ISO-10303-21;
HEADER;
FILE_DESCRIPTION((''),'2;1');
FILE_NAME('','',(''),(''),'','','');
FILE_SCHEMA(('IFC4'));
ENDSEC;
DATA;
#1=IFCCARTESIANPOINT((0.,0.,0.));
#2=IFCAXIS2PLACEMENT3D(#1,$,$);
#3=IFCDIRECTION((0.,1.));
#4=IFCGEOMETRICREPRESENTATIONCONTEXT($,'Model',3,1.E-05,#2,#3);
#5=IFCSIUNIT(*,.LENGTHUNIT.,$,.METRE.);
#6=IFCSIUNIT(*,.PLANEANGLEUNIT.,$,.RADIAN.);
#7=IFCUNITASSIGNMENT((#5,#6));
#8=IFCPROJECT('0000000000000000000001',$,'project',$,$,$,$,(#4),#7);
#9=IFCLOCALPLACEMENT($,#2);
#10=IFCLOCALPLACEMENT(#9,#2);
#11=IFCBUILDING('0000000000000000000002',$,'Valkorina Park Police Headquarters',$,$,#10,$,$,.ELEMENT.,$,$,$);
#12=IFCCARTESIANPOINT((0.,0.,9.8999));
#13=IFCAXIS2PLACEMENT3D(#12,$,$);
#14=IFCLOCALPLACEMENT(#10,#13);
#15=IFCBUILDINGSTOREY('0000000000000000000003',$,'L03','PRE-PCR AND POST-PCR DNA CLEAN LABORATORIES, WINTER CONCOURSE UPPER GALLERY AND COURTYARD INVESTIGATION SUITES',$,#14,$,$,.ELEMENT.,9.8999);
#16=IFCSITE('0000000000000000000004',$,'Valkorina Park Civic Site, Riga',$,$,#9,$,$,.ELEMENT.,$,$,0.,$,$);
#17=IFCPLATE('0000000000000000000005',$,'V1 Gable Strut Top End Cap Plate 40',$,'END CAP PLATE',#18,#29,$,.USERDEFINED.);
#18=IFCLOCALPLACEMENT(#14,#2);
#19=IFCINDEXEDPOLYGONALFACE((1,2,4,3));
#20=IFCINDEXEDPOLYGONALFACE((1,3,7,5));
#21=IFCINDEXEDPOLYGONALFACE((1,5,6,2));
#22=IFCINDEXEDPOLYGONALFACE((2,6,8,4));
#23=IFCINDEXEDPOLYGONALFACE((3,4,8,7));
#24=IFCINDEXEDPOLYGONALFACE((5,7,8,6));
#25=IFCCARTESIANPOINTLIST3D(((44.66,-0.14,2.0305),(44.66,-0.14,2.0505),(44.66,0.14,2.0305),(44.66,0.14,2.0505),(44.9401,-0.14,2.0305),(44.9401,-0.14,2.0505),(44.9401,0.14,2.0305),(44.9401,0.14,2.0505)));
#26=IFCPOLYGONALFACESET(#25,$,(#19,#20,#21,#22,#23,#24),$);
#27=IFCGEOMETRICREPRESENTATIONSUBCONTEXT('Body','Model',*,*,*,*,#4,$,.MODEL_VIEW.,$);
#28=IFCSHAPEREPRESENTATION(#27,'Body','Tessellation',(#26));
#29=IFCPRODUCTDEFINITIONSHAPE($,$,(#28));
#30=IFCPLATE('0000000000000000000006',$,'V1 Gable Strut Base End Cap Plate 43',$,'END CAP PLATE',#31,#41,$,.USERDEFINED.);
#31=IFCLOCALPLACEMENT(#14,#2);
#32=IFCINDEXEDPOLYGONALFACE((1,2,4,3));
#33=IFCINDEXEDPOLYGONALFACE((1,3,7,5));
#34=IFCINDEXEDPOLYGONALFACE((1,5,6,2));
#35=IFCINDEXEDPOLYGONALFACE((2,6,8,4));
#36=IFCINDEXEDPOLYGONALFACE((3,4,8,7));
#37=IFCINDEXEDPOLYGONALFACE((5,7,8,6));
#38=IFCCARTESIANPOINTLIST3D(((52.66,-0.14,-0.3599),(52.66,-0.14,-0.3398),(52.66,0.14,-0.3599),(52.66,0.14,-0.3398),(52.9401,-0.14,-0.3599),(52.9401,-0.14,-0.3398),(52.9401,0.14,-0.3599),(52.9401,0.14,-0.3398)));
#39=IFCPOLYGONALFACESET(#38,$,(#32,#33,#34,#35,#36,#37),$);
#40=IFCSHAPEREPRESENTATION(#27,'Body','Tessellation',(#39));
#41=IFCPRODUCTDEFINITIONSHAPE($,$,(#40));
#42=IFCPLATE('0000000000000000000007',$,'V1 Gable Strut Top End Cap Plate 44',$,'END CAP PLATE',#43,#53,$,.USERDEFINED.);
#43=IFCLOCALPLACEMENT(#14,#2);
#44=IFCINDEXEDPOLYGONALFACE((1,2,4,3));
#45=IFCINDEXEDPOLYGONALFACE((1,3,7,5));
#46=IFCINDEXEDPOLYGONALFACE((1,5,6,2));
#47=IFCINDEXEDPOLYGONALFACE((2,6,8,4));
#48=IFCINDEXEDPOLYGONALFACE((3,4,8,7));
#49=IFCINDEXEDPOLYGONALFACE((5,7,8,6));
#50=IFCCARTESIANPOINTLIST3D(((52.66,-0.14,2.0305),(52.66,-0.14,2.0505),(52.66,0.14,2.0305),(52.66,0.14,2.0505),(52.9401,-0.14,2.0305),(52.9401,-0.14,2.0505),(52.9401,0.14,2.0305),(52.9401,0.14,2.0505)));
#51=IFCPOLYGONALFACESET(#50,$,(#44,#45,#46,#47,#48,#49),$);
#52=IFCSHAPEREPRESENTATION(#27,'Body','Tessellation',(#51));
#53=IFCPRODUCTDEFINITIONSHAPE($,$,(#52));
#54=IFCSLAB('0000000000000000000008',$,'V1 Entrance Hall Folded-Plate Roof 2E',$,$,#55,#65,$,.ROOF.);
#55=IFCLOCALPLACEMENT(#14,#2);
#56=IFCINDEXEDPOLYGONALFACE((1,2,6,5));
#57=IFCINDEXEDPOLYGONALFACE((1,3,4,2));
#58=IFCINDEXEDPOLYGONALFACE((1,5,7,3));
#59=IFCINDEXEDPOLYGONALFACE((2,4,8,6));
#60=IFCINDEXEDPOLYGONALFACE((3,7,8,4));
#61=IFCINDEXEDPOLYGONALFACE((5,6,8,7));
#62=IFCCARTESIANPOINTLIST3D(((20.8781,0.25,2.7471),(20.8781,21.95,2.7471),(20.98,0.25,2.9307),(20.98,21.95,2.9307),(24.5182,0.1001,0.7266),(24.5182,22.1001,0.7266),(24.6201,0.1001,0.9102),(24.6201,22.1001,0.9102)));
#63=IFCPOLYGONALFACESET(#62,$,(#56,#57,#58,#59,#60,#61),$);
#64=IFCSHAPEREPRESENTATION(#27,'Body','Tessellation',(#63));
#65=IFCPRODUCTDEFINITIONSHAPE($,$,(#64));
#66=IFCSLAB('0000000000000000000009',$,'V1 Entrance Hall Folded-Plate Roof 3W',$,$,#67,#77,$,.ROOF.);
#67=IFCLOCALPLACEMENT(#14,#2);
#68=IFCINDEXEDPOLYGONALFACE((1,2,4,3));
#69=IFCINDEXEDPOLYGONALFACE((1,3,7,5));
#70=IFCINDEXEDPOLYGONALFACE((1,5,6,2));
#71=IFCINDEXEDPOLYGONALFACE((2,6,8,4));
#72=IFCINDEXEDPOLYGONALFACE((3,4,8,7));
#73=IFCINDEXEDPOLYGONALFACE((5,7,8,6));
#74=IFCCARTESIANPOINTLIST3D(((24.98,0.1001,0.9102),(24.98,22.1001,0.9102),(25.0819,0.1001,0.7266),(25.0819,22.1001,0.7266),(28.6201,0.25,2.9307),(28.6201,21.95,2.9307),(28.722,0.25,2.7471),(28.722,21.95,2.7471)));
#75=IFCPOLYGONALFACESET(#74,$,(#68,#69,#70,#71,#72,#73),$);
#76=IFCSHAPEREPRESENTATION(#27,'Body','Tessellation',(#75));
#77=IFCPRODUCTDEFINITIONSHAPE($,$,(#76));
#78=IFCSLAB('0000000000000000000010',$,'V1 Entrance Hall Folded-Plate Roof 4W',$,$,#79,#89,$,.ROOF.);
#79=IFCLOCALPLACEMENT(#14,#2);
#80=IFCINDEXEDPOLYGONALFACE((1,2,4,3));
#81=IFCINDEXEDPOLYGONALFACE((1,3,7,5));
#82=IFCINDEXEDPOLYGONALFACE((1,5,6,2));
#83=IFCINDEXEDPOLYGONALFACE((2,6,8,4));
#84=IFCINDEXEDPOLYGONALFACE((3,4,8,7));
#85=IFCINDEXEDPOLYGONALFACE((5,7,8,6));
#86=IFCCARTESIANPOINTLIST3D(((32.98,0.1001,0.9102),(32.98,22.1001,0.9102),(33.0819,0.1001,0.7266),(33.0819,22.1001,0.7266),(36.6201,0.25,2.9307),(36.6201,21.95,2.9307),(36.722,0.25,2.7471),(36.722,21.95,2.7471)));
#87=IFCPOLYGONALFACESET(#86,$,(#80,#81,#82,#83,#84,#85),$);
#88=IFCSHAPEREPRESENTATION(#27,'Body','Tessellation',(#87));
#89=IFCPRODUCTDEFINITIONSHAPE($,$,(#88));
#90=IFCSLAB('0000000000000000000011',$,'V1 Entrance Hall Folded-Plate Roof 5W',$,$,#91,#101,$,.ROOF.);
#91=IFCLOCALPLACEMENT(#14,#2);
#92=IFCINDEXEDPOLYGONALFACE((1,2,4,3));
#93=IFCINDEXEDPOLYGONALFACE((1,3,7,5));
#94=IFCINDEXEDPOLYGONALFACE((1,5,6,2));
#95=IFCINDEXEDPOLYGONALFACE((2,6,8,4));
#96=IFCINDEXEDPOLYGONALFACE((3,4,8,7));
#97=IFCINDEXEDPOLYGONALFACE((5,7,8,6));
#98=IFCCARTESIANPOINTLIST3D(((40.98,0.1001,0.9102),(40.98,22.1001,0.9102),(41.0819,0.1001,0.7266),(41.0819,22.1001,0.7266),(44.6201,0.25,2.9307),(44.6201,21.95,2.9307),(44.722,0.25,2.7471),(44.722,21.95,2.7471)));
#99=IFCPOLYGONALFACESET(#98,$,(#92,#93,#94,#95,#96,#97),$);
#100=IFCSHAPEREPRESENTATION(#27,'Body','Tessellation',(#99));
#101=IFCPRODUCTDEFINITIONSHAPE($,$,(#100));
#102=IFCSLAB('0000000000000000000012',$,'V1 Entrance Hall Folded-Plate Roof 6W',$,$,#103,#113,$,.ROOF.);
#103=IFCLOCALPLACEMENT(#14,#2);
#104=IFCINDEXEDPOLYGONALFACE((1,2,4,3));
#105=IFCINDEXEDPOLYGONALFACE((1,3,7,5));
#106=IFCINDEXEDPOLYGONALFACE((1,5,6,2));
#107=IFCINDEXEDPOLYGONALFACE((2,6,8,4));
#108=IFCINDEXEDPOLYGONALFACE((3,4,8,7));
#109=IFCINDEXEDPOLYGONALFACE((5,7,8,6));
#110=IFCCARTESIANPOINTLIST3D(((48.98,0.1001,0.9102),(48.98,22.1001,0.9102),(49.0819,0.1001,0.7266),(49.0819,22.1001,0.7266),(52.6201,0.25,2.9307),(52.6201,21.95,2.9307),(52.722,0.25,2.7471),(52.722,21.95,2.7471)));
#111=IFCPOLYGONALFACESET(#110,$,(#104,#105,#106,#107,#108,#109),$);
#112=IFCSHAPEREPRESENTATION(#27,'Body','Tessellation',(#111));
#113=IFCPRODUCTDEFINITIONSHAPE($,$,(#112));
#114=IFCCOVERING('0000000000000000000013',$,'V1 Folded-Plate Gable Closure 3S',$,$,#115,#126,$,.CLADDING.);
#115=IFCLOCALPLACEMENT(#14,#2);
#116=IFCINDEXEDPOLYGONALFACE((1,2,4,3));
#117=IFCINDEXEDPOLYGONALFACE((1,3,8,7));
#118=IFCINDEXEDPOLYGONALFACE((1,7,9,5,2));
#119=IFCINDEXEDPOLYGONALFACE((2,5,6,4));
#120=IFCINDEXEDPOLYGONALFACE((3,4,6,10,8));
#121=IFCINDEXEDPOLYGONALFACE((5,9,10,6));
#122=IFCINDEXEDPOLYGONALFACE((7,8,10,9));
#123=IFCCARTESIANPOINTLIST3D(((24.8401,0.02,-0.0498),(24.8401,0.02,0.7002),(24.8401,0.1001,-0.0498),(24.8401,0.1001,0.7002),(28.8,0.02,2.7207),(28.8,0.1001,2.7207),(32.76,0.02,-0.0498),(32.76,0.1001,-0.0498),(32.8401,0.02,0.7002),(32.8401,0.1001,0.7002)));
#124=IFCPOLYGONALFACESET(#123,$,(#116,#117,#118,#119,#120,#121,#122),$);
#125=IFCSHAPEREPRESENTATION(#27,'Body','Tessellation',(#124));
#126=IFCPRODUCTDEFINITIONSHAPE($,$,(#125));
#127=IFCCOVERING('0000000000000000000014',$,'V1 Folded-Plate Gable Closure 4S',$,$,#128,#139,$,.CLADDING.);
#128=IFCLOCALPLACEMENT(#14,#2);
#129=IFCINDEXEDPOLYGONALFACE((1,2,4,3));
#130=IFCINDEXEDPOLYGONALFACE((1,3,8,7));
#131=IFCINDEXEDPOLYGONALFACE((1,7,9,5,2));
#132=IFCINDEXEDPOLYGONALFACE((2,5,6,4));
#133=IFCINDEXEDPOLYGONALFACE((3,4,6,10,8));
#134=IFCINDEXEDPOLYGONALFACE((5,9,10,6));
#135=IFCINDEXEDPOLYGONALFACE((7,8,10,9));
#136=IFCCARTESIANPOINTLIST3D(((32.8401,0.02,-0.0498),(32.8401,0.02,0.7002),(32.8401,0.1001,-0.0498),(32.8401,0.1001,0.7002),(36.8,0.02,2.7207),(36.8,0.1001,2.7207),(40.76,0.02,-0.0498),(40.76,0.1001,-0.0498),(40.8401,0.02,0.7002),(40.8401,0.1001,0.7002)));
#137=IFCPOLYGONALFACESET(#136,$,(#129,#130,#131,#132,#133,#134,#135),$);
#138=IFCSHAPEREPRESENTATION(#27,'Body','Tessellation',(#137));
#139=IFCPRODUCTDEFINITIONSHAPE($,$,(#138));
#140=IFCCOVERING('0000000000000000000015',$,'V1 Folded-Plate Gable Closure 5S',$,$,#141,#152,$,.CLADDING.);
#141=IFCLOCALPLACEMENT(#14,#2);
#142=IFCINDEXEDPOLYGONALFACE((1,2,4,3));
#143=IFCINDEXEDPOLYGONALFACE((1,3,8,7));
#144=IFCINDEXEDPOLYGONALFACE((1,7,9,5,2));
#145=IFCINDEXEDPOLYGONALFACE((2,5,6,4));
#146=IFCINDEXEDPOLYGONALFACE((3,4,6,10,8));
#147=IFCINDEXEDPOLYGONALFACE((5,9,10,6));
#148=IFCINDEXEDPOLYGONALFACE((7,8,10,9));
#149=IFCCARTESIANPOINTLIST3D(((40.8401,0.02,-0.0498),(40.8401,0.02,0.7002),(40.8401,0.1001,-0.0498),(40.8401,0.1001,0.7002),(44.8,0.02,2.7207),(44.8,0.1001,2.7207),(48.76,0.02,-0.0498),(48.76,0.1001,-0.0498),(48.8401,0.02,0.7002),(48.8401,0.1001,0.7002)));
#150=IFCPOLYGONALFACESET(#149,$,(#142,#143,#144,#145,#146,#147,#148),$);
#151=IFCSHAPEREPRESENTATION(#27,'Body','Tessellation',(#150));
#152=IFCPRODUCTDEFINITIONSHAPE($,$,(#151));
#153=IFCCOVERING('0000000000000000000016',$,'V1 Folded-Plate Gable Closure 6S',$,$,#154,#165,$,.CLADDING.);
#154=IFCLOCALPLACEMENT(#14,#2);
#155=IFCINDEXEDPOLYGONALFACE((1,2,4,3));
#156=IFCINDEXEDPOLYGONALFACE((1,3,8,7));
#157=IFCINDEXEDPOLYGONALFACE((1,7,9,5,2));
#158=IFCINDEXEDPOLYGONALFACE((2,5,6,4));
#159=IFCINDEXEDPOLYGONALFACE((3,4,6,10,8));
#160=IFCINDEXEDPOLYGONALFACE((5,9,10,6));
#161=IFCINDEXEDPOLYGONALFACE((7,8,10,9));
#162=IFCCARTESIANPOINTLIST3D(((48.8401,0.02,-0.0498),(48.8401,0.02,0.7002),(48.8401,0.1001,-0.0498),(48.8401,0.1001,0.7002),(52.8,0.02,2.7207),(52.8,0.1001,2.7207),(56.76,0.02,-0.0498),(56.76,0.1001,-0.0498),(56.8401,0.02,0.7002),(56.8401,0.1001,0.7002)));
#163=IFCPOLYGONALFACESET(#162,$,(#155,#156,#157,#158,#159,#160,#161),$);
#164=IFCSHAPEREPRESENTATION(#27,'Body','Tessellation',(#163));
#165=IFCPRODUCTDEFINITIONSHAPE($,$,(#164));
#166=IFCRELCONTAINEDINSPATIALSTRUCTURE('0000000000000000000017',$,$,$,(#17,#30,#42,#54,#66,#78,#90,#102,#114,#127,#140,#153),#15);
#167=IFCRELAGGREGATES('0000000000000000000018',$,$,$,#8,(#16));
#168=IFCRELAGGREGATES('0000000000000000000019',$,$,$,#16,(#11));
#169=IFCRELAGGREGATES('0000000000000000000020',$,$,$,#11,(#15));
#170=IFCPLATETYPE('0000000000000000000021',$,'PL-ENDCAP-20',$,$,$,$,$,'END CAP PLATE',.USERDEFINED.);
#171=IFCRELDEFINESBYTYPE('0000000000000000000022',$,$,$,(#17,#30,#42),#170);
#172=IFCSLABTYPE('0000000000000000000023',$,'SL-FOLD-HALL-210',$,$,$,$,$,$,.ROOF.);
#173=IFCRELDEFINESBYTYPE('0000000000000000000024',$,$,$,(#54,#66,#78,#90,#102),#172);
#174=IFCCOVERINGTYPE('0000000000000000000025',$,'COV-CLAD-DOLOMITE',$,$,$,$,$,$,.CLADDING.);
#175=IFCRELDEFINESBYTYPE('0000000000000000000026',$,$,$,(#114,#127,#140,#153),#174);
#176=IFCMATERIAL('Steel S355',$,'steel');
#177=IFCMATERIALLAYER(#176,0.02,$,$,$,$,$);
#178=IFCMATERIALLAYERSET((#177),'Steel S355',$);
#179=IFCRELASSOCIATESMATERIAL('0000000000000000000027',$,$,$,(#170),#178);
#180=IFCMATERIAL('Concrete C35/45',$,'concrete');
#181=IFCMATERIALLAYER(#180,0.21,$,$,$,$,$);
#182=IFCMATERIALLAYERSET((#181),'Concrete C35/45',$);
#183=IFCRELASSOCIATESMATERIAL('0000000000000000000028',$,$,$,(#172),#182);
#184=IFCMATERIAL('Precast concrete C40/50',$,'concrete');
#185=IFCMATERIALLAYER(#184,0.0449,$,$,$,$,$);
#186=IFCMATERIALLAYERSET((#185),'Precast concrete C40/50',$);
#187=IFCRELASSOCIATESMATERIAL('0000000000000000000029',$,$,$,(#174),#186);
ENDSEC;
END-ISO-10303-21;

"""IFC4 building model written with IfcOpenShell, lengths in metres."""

from ifc_helpers import new_model, si_unit, direction, frame, origin, origin_2d, place, context, subcontext, project, spatial, polyline, rectangle, outline, extrude, material, layer, layer_set, type_object, element, save


model = new_model("IFC4")

# Units and contexts
model_context = context("Model", 3, precision=1e-05, world=origin(), true_north=direction((0.0, 1.0)))
body_context = subcontext(model_context, "Body", "Model", "MODEL_VIEW")
ifc_project = project(units=[si_unit("LENGTHUNIT", "METRE"), si_unit("PLANEANGLEUNIT", "RADIAN")], contexts=[model_context])

# Site, building, storey
site_placement = place(None, origin())
site = spatial("IfcSite", under=ifc_project, at=site_placement, Name="Valkorina Park Civic Site, Riga", CompositionType="ELEMENT", RefElevation=0.0)
building_placement = place(site_placement, origin())
building = spatial("IfcBuilding", under=site, at=building_placement, Name="Valkorina Park Police Headquarters", CompositionType="ELEMENT")
storey_placement = place(building_placement, frame((0.0, 0.0, 9.8999)))
storey = spatial("IfcBuildingStorey", under=building, at=storey_placement, Name="L03", Description="PRE-PCR AND POST-PCR DNA CLEAN LABORATORIES, WINTER CONCOURSE UPPER GALLERY AND COURTYARD INVESTIGATION SUITES", CompositionType="ELEMENT", Elevation=9.8999)

# Shared definitions
ifc_material_1 = material(Name="Steel S355", Category="steel")

# Plates
ifc_layer_1 = layer(ifc_material_1, 0.02)
ifc_layer_set_1 = layer_set([ifc_layer_1], Name="Steel S355")
plate_type = type_object("IfcPlateType", Name="PL-ENDCAP-20", ElementType="END CAP PLATE", PredefinedType="USERDEFINED", material=ifc_layer_set_1)
for number, where, z_axis, x_axis, name in (
    (1, (44.8, 0.0, 2.0305), (0.0, 0.0, 1.0), (1.0, 0.0, 0.0), "V1 Gable Strut Top End Cap Plate 40"),
    (2, (52.8, 0.0, -0.3599), (0.0, 0.0, 1.0), (1.0, 0.0, 0.0), "V1 Gable Strut Base End Cap Plate 43"),
    (3, (52.8, 0.0, 2.0305), (0.0, 0.0, 1.0), (1.0, 0.0, 0.0), "V1 Gable Strut Top End Cap Plate 44"),
):
    element("IfcPlate", number, at=place(storey_placement, frame(where, z_axis=z_axis, x_axis=x_axis)), inside=storey, type_object=plate_type, Name=name, ObjectType="END CAP PLATE", PredefinedType="USERDEFINED", context=body_context, shape_type="SweptSolid", body=[
        extrude(rectangle(XDim=0.28, YDim=0.28, at=origin_2d()), origin(), (0.0, 0.0, 1.0), 0.02),
    ])

# Slabs
ifc_material_2 = material(Name="Concrete C35/45", Category="concrete")
ifc_layer_2 = layer(ifc_material_2, 0.21)
ifc_layer_set_2 = layer_set([ifc_layer_2], Name="Concrete C35/45")
slab_type = type_object("IfcSlabType", Name="SL-FOLD-HALL-210", PredefinedType="ROOF", material=ifc_layer_set_2)
slab_placement = place(storey_placement, frame((20.98, 0.25, 2.9307), z_axis=(0.485314, 0.0, 0.87434), x_axis=(0.873774, -0.035982, -0.485)))
element("IfcSlab", 4, at=slab_placement, inside=storey, type_object=slab_type, Name="V1 Entrance Hall Folded-Plate Roof 2E", PredefinedType="ROOF", context=body_context, shape_type="SweptSolid", body=[
    extrude(outline(polyline([(0.0, 0.0), (4.166, 0.0), (3.3744, 21.9858), (-0.7808, 21.6859), (0.0, 0.0)])), origin(), (0.0, 0.0, -1.0), 0.21),
])
for number, where, z_axis, x_axis, name in (
    (5, (24.98, 0.1001, 0.9102), (-0.485314, 0.0, 0.87434), (0.873774, 0.035982, 0.485), "V1 Entrance Hall Folded-Plate Roof 3W"),
    (6, (32.98, 0.1001, 0.9102), (-0.485314, 0.0, 0.87434), (0.873774, 0.035982, 0.485), "V1 Entrance Hall Folded-Plate Roof 4W"),
    (7, (40.98, 0.1001, 0.9102), (-0.485314, 0.0, 0.87434), (0.873774, 0.035982, 0.485), "V1 Entrance Hall Folded-Plate Roof 5W"),
    (8, (48.98, 0.1001, 0.9102), (-0.485314, 0.0, 0.87434), (0.873774, 0.035982, 0.485), "V1 Entrance Hall Folded-Plate Roof 6W"),
):
    element("IfcSlab", number, at=place(storey_placement, frame(where, z_axis=z_axis, x_axis=x_axis)), inside=storey, type_object=slab_type, Name=name, PredefinedType="ROOF", context=body_context, shape_type="SweptSolid", body=[
        extrude(outline(polyline([(0.0, 0.0), (4.166, 0.0), (4.9468, 21.6859), (0.7916, 21.9858), (0.0, 0.0)])), origin(), (0.0, 0.0, -1.0), 0.21),
    ])

# Coverings
ifc_material_3 = material(Name="Precast concrete C40/50", Category="concrete")
ifc_layer_3 = layer(ifc_material_3, 0.0449)
ifc_layer_set_3 = layer_set([ifc_layer_3], Name="Precast concrete C40/50")
covering_type = type_object("IfcCoveringType", Name="COV-CLAD-DOLOMITE", PredefinedType="CLADDING", material=ifc_layer_set_3)
for number, where, z_axis, x_axis, name in (
    (9, (24.8401, 0.0601, -0.0498), (0.0, 0.0, 1.0), (1.0, 0.0, 0.0), "V1 Folded-Plate Gable Closure 3S"),
    (10, (32.8401, 0.0601, -0.0498), (0.0, 0.0, 1.0), (1.0, 0.0, 0.0), "V1 Folded-Plate Gable Closure 4S"),
    (11, (40.8401, 0.0601, -0.0498), (0.0, 0.0, 1.0), (1.0, 0.0, 0.0), "V1 Folded-Plate Gable Closure 5S"),
    (12, (48.8401, 0.0601, -0.0498), (0.0, 0.0, 1.0), (1.0, 0.0, 0.0), "V1 Folded-Plate Gable Closure 6S"),
):
    element("IfcCovering", number, at=place(storey_placement, frame(where, z_axis=z_axis, x_axis=x_axis)), inside=storey, type_object=covering_type, Name=name, PredefinedType="CLADDING", context=body_context, shape_type="SweptSolid", body=[
        extrude(outline(polyline([(0.0, 0.0), (7.9199, 0.0), (8.0, 0.75), (3.96, 2.7705), (0.0, 0.75), (0.0, 0.0)])), frame((0.0, 0.04, 0.0), z_axis=(0.0, -1.0, 0.0), x_axis=(1.0, 0.0, 0.0)), (0.0, 0.0, 1.0), 0.0801),
    ])

save(model, "model.ifc")
